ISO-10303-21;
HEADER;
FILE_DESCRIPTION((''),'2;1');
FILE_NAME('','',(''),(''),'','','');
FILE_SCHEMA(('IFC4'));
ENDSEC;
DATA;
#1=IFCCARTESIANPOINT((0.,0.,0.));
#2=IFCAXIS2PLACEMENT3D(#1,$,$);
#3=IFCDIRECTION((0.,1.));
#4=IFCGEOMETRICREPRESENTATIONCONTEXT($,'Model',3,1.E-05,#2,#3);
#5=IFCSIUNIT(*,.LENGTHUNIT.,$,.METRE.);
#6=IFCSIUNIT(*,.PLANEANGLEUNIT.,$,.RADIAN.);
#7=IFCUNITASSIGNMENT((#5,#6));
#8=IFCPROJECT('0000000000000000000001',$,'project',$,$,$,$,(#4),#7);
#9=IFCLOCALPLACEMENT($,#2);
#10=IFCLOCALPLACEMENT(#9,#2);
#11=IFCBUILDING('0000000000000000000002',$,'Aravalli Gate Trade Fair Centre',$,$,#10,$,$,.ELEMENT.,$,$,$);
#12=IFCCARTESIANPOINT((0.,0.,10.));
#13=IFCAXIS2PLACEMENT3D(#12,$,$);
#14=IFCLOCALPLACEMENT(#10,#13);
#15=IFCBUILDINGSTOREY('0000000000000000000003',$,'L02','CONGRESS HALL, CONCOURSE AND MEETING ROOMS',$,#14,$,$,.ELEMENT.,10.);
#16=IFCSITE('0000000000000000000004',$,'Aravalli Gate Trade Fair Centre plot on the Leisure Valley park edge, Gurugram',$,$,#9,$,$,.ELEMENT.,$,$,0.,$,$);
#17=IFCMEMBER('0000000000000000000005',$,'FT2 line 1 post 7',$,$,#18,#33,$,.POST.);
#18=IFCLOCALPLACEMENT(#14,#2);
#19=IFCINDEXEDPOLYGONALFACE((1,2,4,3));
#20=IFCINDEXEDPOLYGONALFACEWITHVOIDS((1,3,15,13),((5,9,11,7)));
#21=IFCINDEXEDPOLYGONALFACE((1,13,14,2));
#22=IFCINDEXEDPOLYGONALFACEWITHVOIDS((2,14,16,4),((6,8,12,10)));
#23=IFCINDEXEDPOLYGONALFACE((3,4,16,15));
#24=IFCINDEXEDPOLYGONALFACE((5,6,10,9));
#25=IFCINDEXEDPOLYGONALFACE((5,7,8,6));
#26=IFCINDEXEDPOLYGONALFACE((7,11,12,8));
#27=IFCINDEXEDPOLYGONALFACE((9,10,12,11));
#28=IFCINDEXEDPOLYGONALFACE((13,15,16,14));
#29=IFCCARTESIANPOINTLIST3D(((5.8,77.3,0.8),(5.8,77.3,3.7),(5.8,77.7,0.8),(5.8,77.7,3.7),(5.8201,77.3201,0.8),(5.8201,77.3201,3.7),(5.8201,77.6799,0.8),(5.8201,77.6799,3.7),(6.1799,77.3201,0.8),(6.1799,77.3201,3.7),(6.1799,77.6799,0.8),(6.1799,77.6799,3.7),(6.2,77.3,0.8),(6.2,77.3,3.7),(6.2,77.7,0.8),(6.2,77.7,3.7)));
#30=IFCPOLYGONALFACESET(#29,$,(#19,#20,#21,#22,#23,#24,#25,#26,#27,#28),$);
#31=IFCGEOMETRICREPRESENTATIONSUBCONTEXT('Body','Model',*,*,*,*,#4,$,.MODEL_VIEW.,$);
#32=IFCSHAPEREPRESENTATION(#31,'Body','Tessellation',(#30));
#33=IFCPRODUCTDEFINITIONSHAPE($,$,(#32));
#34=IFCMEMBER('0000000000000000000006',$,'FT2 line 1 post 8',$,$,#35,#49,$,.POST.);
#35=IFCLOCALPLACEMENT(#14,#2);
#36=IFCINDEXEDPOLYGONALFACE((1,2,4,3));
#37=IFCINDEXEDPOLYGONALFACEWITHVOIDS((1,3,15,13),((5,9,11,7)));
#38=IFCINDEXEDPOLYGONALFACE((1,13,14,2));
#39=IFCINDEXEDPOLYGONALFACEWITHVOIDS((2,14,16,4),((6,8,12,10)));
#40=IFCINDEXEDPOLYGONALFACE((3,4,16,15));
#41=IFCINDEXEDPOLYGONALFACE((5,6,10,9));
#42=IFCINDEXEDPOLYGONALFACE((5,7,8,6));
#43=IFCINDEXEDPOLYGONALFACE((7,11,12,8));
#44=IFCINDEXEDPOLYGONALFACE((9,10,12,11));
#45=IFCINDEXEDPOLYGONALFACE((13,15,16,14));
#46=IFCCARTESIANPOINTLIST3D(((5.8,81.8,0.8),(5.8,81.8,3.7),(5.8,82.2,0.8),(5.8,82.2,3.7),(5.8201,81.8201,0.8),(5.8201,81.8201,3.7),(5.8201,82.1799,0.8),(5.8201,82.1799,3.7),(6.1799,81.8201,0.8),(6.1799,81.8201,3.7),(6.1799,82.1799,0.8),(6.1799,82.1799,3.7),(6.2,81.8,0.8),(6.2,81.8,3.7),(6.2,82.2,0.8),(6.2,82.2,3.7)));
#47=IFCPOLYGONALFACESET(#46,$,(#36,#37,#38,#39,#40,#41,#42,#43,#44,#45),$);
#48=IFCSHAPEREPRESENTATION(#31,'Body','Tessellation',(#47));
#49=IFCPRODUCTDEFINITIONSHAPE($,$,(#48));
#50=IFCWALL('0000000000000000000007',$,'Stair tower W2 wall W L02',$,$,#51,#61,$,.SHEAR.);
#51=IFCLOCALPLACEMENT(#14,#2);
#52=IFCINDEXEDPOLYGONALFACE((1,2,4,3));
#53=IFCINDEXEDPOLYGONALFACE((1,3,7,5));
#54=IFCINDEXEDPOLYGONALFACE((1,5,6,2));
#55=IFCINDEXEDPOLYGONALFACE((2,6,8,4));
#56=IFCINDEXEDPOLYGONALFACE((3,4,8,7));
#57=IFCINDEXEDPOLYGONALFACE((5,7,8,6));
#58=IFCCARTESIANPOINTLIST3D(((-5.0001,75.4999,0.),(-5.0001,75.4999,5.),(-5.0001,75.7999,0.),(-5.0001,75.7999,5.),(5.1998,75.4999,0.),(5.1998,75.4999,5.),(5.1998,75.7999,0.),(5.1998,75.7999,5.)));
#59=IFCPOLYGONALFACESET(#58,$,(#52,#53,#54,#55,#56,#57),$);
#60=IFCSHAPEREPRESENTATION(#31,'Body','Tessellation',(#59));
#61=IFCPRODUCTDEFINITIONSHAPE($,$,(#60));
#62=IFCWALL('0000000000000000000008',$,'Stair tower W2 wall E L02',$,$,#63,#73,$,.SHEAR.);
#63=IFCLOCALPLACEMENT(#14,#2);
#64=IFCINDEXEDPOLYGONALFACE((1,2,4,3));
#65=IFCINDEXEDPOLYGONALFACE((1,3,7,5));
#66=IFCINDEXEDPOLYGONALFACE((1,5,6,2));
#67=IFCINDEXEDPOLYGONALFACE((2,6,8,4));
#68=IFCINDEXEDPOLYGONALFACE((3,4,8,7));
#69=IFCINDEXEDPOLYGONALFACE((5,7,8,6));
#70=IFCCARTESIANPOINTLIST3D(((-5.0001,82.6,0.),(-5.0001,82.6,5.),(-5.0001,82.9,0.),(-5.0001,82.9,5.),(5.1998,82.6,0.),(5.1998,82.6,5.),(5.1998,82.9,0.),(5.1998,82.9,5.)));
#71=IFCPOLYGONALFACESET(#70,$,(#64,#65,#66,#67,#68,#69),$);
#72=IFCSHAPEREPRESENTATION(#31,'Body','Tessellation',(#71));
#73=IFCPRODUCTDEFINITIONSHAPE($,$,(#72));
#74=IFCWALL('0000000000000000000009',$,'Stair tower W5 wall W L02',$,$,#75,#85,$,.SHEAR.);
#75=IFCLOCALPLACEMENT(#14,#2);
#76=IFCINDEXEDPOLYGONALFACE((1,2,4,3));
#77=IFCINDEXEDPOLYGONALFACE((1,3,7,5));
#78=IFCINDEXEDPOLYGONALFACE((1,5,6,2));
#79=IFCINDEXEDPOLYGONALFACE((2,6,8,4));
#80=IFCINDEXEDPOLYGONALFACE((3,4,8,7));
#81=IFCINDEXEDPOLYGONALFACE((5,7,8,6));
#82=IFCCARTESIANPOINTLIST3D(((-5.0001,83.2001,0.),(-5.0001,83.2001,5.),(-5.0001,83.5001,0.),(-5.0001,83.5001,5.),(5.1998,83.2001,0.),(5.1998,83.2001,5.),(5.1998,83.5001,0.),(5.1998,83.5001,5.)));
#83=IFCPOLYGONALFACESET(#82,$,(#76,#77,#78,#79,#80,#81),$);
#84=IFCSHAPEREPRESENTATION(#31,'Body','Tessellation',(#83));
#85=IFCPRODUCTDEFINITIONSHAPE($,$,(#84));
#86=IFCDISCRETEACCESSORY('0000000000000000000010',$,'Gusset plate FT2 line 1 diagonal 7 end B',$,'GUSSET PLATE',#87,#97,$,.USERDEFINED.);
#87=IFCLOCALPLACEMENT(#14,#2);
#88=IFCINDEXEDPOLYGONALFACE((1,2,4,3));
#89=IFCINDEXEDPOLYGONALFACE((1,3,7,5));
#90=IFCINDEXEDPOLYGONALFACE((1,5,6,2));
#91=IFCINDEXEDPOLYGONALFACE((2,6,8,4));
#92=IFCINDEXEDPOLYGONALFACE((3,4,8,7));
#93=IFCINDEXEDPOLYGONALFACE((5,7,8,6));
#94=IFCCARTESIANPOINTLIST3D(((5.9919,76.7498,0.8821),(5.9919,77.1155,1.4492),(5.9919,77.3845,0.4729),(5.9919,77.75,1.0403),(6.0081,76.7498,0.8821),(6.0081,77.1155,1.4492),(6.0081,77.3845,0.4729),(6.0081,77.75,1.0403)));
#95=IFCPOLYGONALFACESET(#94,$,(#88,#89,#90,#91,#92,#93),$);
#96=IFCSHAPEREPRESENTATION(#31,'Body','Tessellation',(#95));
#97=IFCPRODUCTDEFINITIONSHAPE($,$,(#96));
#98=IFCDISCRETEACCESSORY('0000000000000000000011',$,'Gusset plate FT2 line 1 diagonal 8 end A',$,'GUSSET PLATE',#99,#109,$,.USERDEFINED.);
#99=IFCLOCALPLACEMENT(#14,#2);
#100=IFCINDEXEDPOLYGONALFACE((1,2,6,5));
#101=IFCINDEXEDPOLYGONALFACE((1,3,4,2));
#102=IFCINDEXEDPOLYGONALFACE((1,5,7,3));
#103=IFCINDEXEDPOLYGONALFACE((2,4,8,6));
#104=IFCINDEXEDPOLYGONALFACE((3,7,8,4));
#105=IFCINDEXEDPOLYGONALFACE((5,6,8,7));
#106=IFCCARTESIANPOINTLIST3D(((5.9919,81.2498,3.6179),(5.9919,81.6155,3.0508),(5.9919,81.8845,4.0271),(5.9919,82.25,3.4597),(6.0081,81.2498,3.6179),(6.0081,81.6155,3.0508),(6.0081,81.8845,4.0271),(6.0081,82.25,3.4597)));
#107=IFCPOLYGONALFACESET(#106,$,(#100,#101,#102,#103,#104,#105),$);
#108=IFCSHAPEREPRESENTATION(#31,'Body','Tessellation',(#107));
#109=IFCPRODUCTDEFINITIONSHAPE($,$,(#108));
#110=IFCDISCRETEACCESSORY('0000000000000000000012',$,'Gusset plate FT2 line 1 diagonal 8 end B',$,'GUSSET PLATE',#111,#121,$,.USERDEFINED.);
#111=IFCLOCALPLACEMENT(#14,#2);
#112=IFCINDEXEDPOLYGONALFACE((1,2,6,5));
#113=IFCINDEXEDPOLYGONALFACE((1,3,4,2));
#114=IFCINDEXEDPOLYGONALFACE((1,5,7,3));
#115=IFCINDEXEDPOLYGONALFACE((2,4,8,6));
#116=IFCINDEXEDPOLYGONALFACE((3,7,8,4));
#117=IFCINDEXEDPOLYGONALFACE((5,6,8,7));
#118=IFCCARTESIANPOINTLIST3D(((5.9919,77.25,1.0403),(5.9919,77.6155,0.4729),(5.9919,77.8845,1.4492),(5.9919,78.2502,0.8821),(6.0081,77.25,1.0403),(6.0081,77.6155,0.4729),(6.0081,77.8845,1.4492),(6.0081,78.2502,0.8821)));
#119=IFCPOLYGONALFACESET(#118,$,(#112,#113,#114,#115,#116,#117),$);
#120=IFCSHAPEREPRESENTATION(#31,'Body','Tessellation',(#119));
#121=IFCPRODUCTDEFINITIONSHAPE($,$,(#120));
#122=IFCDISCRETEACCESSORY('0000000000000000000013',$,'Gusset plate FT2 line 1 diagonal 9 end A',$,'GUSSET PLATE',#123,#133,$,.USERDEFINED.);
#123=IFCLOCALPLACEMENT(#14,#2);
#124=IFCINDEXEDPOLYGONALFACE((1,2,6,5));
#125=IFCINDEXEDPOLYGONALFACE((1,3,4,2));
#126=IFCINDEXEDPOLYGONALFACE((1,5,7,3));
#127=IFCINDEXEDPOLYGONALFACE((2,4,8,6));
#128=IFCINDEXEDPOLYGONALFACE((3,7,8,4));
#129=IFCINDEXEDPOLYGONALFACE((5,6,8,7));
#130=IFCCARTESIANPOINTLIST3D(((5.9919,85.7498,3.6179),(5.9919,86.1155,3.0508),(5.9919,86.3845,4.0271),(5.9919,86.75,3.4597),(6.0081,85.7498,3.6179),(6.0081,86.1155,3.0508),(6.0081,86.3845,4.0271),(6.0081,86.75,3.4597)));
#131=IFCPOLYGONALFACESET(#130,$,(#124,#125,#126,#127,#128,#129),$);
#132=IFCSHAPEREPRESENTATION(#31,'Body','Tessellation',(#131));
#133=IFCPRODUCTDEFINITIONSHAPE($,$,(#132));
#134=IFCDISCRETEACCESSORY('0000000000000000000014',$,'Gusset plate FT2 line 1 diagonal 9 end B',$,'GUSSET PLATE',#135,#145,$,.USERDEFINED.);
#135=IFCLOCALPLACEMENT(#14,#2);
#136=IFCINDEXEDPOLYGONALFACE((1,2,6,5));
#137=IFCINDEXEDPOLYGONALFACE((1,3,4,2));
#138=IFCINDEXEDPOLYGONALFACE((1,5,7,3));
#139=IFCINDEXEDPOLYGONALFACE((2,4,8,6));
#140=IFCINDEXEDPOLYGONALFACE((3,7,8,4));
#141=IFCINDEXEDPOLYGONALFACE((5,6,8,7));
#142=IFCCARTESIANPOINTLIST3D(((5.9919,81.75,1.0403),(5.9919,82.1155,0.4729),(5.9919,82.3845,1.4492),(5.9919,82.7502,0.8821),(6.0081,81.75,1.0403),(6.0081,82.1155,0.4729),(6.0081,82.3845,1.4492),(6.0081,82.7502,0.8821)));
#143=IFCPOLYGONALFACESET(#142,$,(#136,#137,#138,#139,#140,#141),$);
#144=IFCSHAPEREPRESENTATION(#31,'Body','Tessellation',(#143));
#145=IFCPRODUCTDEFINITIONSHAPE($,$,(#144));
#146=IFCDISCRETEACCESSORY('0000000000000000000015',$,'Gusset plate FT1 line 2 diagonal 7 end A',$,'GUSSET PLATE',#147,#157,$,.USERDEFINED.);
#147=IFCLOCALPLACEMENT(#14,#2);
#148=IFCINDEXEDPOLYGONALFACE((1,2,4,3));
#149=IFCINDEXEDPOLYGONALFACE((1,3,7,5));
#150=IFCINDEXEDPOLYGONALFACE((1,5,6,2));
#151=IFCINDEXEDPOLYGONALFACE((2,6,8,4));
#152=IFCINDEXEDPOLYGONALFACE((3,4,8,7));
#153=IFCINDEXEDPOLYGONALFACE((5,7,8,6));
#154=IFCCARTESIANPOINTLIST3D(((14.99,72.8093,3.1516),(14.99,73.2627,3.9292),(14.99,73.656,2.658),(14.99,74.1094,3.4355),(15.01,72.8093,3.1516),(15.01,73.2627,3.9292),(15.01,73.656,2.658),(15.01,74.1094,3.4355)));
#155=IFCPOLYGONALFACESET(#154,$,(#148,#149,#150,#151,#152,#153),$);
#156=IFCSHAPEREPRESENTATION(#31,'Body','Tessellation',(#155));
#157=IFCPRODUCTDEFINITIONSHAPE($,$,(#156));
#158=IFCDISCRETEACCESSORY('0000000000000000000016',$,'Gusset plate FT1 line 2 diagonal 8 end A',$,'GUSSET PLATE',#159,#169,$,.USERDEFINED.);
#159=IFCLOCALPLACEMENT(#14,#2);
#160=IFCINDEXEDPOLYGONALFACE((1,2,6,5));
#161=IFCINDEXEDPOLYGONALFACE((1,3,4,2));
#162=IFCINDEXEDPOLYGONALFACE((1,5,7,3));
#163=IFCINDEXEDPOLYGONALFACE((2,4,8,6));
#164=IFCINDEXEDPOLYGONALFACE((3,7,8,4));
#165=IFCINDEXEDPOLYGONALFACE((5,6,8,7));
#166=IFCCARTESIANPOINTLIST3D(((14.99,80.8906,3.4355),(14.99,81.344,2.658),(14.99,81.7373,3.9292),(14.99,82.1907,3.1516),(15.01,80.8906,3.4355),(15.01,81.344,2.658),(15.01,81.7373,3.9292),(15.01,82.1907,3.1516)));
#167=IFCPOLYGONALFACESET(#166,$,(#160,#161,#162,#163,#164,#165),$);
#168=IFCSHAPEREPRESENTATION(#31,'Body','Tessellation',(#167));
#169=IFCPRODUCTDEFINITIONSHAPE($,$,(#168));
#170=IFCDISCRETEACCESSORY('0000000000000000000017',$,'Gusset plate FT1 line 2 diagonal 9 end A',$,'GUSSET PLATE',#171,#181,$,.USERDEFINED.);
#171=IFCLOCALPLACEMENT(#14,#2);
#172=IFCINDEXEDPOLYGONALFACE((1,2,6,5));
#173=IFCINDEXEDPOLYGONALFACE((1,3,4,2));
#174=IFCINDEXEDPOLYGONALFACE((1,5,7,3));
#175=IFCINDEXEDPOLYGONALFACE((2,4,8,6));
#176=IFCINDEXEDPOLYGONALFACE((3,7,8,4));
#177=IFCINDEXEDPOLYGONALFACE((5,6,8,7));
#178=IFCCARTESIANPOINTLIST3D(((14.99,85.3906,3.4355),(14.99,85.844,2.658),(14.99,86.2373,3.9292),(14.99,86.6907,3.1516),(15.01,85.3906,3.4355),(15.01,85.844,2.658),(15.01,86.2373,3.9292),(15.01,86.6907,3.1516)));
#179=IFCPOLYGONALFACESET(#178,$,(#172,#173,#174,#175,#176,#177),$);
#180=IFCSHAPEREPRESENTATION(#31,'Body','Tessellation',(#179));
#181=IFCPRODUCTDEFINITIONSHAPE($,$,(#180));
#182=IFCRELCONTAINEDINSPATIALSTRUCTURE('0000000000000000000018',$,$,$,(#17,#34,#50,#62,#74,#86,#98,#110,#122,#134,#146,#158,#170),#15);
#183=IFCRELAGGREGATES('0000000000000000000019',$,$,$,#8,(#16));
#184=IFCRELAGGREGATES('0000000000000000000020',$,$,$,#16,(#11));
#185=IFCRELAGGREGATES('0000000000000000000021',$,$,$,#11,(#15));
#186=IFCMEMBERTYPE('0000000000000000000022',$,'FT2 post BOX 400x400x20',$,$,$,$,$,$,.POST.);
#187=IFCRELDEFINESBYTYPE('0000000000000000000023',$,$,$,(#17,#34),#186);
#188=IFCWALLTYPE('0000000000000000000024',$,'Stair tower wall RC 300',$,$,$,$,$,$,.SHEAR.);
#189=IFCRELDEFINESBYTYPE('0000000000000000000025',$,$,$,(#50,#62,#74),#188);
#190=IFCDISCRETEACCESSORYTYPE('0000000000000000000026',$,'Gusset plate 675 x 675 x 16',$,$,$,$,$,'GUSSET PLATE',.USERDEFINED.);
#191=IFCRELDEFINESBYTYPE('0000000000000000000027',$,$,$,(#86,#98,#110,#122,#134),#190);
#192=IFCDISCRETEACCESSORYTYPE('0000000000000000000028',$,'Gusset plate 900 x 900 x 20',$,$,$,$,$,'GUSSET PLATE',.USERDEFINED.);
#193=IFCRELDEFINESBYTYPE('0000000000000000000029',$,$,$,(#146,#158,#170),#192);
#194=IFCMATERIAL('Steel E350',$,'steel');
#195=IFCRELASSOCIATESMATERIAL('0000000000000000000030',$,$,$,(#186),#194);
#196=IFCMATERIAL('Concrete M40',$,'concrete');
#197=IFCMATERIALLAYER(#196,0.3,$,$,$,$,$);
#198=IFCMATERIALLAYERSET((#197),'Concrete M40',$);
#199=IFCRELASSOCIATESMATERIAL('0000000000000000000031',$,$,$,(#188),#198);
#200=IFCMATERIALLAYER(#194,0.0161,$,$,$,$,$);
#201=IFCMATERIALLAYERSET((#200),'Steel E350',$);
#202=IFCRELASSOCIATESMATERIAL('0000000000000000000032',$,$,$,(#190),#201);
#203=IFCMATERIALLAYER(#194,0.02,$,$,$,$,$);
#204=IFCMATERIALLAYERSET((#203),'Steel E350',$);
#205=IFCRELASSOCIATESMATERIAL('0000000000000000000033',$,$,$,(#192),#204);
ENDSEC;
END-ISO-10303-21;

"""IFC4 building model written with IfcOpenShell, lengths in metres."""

from ifc_helpers import new_model, si_unit, direction, frame, frame_2d, origin, origin_2d, place, context, subcontext, project, spatial, polyline, rectangle, hollow_rectangle, outline, extrude, material, layer, layer_set, material_profile, profile_set, type_object, element, save


model = new_model("IFC4")

# Units and contexts
model_context = context("Model", 3, precision=1e-05, world=origin(), true_north=direction((0.0, 1.0)))
body_context = subcontext(model_context, "Body", "Model", "MODEL_VIEW")
ifc_project = project(units=[si_unit("LENGTHUNIT", "METRE"), si_unit("PLANEANGLEUNIT", "RADIAN")], contexts=[model_context])

# Site, building, storey
site_placement = place(None, origin())
site = spatial("IfcSite", under=ifc_project, at=site_placement, Name="Aravalli Gate Trade Fair Centre plot on the Leisure Valley park edge, Gurugram", CompositionType="ELEMENT", RefElevation=0.0)
building_placement = place(site_placement, origin())
building = spatial("IfcBuilding", under=site, at=building_placement, Name="Aravalli Gate Trade Fair Centre", CompositionType="ELEMENT")
storey_placement = place(building_placement, frame((0.0, 0.0, 10.0)))
storey = spatial("IfcBuildingStorey", under=building, at=storey_placement, Name="L02", Description="CONGRESS HALL, CONCOURSE AND MEETING ROOMS", CompositionType="ELEMENT", Elevation=10.0)

# Members
ifc_material_1 = material(Name="Steel E350", Category="steel")
ifc_material_profile_1 = material_profile(ifc_material_1, hollow_rectangle(XDim=0.3999, YDim=0.3999, WallThickness=0.02, at=origin_2d()), Name="BOX 400x400x20")
ifc_profile_set_1 = profile_set([ifc_material_profile_1], Name="Steel E350")
member_type_1 = type_object("IfcMemberType", Name="FT2 post BOX 400x400x20", PredefinedType="POST", material=ifc_profile_set_1)
for number, where, z_axis, x_axis, name in (
    (1, (6.0, 77.5, 0.8), (0.0, 0.0, 1.0), (1.0, 0.0, 0.0), "FT2 line 1 post 7"),
    (2, (6.0, 82.0, 0.8), (0.0, 0.0, 1.0), (1.0, 0.0, 0.0), "FT2 line 1 post 8"),
):
    element("IfcMember", number, at=place(storey_placement, frame(where, z_axis=z_axis, x_axis=x_axis)), inside=storey, type_object=member_type_1, Name=name, PredefinedType="POST", context=body_context, shape_type="SweptSolid", body=[
        extrude(hollow_rectangle(XDim=0.3999, YDim=0.3999, WallThickness=0.02, at=origin_2d()), origin(), (0.0, 0.0, 1.0), 2.8999),
    ])

# Walls
ifc_material_2 = material(Name="Concrete M40", Category="concrete")
ifc_layer_1 = layer(ifc_material_2, 0.3)
ifc_layer_set_1 = layer_set([ifc_layer_1], Name="Concrete M40")
wall_type = type_object("IfcWallType", Name="Stair tower wall RC 300", PredefinedType="SHEAR", material=ifc_layer_set_1)
for number, where, z_axis, x_axis, name in (
    (3, (5.2, 75.6499, 0.0), (0.0, 0.0, 1.0), (-1.0, 0.0, 0.0), "Stair tower W2 wall W L02"),
    (4, (5.2, 82.75, 0.0), (0.0, 0.0, 1.0), (-1.0, 0.0, 0.0), "Stair tower W2 wall E L02"),
    (5, (5.2, 83.3501, 0.0), (0.0, 0.0, 1.0), (-1.0, 0.0, 0.0), "Stair tower W5 wall W L02"),
):
    element("IfcWall", number, at=place(storey_placement, frame(where, z_axis=z_axis, x_axis=x_axis)), inside=storey, type_object=wall_type, Name=name, PredefinedType="SHEAR", context=body_context, shape_type="SweptSolid", body=[
        extrude(rectangle(XDim=10.2, YDim=0.3, at=frame_2d((5.1001, 0.0))), origin(), (0.0, 0.0, 1.0), 5.0),
    ])

# Discrete accessories
ifc_layer_2 = layer(ifc_material_1, 0.0161)
ifc_layer_set_2 = layer_set([ifc_layer_2], Name="Steel E350")
discrete_accessory_type_1 = type_object("IfcDiscreteAccessoryType", Name="Gusset plate 675 x 675 x 16", ElementType="GUSSET PLATE", PredefinedType="USERDEFINED", material=ifc_layer_set_2)
for number, where, z_axis, x_axis, name in (
    (6, (6.0081, 76.7498, 0.8821), (1.0, 0.0, 0.0), (0.0, 0.840506, -0.541803), "Gusset plate FT2 line 1 diagonal 7 end B"),
    (7, (5.9919, 81.2498, 3.6179), (-1.0, 0.0, 0.0), (0.0, 0.840506, 0.541803), "Gusset plate FT2 line 1 diagonal 8 end A"),
):
    element("IfcDiscreteAccessory", number, at=place(storey_placement, frame(where, z_axis=z_axis, x_axis=x_axis)), inside=storey, type_object=discrete_accessory_type_1, Name=name, ObjectType="GUSSET PLATE", PredefinedType="USERDEFINED", context=body_context, shape_type="SweptSolid", body=[
        extrude(outline(polyline([(0.0, 0.0), (0.7552, 0.0), (0.755, 0.6749), (0.0001, 0.6748), (0.0, 0.0)])), origin(), (0.0, 0.0, -1.0), 0.0161),
    ])
discrete_accessory_1_placement = place(storey_placement, frame((6.0081, 77.8845, 1.4492), z_axis=(1.0, 0.0, 0.0), x_axis=(0.0, -0.840558, -0.541722)))
element("IfcDiscreteAccessory", 8, at=discrete_accessory_1_placement, inside=storey, type_object=discrete_accessory_type_1, Name="Gusset plate FT2 line 1 diagonal 8 end B", ObjectType="GUSSET PLATE", PredefinedType="USERDEFINED", context=body_context, shape_type="SweptSolid", body=[
    extrude(outline(polyline([(0.0, 0.0), (0.7549, 0.0), (0.755, 0.6749), (-0.0002, 0.6748), (0.0, 0.0)])), origin(), (0.0, 0.0, -1.0), 0.0161),
])
discrete_accessory_2_placement = place(storey_placement, frame((5.9919, 85.7498, 3.6179), z_axis=(-1.0, 0.0, 0.0), x_axis=(0.0, 0.840506, 0.541803)))
element("IfcDiscreteAccessory", 9, at=discrete_accessory_2_placement, inside=storey, type_object=discrete_accessory_type_1, Name="Gusset plate FT2 line 1 diagonal 9 end A", ObjectType="GUSSET PLATE", PredefinedType="USERDEFINED", context=body_context, shape_type="SweptSolid", body=[
    extrude(outline(polyline([(0.0, 0.0), (0.7552, 0.0), (0.755, 0.6749), (0.0001, 0.6748), (0.0, 0.0)])), origin(), (0.0, 0.0, -1.0), 0.0161),
])
discrete_accessory_3_placement = place(storey_placement, frame((6.0081, 82.3845, 1.4492), z_axis=(1.0, 0.0, 0.0), x_axis=(0.0, -0.840558, -0.541722)))
element("IfcDiscreteAccessory", 10, at=discrete_accessory_3_placement, inside=storey, type_object=discrete_accessory_type_1, Name="Gusset plate FT2 line 1 diagonal 9 end B", ObjectType="GUSSET PLATE", PredefinedType="USERDEFINED", context=body_context, shape_type="SweptSolid", body=[
    extrude(outline(polyline([(0.0, 0.0), (0.7549, 0.0), (0.755, 0.6749), (-0.0002, 0.6748), (0.0, 0.0)])), origin(), (0.0, 0.0, -1.0), 0.0161),
])
ifc_layer_3 = layer(ifc_material_1, 0.02)
ifc_layer_set_3 = layer_set([ifc_layer_3], Name="Steel E350")
discrete_accessory_type_2 = type_object("IfcDiscreteAccessoryType", Name="Gusset plate 900 x 900 x 20", ElementType="GUSSET PLATE", PredefinedType="USERDEFINED", material=ifc_layer_set_3)
discrete_accessory_4_placement = place(storey_placement, frame((14.99, 73.656, 2.658), z_axis=(-1.0, 0.0, 0.0), x_axis=(0.0, -0.863887, 0.503685)))
element("IfcDiscreteAccessory", 11, at=discrete_accessory_4_placement, inside=storey, type_object=discrete_accessory_type_2, Name="Gusset plate FT1 line 2 diagonal 7 end A", ObjectType="GUSSET PLATE", PredefinedType="USERDEFINED", context=body_context, shape_type="SweptSolid", body=[
    extrude(outline(polyline([(0.0, 0.0), (0.9801, 0.0), (0.9801, 0.9001), (0.0, 0.9001), (0.0, 0.0)])), origin(), (0.0, 0.0, -1.0), 0.02),
])
for number, where, z_axis, x_axis, name in (
    (12, (14.99, 80.8906, 3.4355), (-1.0, 0.0, 0.0), (0.0, 0.863887, 0.503685), "Gusset plate FT1 line 2 diagonal 8 end A"),
    (13, (14.99, 85.3906, 3.4355), (-1.0, 0.0, 0.0), (0.0, 0.863887, 0.503685), "Gusset plate FT1 line 2 diagonal 9 end A"),
):
    element("IfcDiscreteAccessory", number, at=place(storey_placement, frame(where, z_axis=z_axis, x_axis=x_axis)), inside=storey, type_object=discrete_accessory_type_2, Name=name, ObjectType="GUSSET PLATE", PredefinedType="USERDEFINED", context=body_context, shape_type="SweptSolid", body=[
        extrude(outline(polyline([(0.0, 0.0), (0.9801, 0.0), (0.9801, 0.9001), (0.0, 0.9001), (0.0, 0.0)])), origin(), (0.0, 0.0, -1.0), 0.02),
    ])

save(model, "model.ifc")
